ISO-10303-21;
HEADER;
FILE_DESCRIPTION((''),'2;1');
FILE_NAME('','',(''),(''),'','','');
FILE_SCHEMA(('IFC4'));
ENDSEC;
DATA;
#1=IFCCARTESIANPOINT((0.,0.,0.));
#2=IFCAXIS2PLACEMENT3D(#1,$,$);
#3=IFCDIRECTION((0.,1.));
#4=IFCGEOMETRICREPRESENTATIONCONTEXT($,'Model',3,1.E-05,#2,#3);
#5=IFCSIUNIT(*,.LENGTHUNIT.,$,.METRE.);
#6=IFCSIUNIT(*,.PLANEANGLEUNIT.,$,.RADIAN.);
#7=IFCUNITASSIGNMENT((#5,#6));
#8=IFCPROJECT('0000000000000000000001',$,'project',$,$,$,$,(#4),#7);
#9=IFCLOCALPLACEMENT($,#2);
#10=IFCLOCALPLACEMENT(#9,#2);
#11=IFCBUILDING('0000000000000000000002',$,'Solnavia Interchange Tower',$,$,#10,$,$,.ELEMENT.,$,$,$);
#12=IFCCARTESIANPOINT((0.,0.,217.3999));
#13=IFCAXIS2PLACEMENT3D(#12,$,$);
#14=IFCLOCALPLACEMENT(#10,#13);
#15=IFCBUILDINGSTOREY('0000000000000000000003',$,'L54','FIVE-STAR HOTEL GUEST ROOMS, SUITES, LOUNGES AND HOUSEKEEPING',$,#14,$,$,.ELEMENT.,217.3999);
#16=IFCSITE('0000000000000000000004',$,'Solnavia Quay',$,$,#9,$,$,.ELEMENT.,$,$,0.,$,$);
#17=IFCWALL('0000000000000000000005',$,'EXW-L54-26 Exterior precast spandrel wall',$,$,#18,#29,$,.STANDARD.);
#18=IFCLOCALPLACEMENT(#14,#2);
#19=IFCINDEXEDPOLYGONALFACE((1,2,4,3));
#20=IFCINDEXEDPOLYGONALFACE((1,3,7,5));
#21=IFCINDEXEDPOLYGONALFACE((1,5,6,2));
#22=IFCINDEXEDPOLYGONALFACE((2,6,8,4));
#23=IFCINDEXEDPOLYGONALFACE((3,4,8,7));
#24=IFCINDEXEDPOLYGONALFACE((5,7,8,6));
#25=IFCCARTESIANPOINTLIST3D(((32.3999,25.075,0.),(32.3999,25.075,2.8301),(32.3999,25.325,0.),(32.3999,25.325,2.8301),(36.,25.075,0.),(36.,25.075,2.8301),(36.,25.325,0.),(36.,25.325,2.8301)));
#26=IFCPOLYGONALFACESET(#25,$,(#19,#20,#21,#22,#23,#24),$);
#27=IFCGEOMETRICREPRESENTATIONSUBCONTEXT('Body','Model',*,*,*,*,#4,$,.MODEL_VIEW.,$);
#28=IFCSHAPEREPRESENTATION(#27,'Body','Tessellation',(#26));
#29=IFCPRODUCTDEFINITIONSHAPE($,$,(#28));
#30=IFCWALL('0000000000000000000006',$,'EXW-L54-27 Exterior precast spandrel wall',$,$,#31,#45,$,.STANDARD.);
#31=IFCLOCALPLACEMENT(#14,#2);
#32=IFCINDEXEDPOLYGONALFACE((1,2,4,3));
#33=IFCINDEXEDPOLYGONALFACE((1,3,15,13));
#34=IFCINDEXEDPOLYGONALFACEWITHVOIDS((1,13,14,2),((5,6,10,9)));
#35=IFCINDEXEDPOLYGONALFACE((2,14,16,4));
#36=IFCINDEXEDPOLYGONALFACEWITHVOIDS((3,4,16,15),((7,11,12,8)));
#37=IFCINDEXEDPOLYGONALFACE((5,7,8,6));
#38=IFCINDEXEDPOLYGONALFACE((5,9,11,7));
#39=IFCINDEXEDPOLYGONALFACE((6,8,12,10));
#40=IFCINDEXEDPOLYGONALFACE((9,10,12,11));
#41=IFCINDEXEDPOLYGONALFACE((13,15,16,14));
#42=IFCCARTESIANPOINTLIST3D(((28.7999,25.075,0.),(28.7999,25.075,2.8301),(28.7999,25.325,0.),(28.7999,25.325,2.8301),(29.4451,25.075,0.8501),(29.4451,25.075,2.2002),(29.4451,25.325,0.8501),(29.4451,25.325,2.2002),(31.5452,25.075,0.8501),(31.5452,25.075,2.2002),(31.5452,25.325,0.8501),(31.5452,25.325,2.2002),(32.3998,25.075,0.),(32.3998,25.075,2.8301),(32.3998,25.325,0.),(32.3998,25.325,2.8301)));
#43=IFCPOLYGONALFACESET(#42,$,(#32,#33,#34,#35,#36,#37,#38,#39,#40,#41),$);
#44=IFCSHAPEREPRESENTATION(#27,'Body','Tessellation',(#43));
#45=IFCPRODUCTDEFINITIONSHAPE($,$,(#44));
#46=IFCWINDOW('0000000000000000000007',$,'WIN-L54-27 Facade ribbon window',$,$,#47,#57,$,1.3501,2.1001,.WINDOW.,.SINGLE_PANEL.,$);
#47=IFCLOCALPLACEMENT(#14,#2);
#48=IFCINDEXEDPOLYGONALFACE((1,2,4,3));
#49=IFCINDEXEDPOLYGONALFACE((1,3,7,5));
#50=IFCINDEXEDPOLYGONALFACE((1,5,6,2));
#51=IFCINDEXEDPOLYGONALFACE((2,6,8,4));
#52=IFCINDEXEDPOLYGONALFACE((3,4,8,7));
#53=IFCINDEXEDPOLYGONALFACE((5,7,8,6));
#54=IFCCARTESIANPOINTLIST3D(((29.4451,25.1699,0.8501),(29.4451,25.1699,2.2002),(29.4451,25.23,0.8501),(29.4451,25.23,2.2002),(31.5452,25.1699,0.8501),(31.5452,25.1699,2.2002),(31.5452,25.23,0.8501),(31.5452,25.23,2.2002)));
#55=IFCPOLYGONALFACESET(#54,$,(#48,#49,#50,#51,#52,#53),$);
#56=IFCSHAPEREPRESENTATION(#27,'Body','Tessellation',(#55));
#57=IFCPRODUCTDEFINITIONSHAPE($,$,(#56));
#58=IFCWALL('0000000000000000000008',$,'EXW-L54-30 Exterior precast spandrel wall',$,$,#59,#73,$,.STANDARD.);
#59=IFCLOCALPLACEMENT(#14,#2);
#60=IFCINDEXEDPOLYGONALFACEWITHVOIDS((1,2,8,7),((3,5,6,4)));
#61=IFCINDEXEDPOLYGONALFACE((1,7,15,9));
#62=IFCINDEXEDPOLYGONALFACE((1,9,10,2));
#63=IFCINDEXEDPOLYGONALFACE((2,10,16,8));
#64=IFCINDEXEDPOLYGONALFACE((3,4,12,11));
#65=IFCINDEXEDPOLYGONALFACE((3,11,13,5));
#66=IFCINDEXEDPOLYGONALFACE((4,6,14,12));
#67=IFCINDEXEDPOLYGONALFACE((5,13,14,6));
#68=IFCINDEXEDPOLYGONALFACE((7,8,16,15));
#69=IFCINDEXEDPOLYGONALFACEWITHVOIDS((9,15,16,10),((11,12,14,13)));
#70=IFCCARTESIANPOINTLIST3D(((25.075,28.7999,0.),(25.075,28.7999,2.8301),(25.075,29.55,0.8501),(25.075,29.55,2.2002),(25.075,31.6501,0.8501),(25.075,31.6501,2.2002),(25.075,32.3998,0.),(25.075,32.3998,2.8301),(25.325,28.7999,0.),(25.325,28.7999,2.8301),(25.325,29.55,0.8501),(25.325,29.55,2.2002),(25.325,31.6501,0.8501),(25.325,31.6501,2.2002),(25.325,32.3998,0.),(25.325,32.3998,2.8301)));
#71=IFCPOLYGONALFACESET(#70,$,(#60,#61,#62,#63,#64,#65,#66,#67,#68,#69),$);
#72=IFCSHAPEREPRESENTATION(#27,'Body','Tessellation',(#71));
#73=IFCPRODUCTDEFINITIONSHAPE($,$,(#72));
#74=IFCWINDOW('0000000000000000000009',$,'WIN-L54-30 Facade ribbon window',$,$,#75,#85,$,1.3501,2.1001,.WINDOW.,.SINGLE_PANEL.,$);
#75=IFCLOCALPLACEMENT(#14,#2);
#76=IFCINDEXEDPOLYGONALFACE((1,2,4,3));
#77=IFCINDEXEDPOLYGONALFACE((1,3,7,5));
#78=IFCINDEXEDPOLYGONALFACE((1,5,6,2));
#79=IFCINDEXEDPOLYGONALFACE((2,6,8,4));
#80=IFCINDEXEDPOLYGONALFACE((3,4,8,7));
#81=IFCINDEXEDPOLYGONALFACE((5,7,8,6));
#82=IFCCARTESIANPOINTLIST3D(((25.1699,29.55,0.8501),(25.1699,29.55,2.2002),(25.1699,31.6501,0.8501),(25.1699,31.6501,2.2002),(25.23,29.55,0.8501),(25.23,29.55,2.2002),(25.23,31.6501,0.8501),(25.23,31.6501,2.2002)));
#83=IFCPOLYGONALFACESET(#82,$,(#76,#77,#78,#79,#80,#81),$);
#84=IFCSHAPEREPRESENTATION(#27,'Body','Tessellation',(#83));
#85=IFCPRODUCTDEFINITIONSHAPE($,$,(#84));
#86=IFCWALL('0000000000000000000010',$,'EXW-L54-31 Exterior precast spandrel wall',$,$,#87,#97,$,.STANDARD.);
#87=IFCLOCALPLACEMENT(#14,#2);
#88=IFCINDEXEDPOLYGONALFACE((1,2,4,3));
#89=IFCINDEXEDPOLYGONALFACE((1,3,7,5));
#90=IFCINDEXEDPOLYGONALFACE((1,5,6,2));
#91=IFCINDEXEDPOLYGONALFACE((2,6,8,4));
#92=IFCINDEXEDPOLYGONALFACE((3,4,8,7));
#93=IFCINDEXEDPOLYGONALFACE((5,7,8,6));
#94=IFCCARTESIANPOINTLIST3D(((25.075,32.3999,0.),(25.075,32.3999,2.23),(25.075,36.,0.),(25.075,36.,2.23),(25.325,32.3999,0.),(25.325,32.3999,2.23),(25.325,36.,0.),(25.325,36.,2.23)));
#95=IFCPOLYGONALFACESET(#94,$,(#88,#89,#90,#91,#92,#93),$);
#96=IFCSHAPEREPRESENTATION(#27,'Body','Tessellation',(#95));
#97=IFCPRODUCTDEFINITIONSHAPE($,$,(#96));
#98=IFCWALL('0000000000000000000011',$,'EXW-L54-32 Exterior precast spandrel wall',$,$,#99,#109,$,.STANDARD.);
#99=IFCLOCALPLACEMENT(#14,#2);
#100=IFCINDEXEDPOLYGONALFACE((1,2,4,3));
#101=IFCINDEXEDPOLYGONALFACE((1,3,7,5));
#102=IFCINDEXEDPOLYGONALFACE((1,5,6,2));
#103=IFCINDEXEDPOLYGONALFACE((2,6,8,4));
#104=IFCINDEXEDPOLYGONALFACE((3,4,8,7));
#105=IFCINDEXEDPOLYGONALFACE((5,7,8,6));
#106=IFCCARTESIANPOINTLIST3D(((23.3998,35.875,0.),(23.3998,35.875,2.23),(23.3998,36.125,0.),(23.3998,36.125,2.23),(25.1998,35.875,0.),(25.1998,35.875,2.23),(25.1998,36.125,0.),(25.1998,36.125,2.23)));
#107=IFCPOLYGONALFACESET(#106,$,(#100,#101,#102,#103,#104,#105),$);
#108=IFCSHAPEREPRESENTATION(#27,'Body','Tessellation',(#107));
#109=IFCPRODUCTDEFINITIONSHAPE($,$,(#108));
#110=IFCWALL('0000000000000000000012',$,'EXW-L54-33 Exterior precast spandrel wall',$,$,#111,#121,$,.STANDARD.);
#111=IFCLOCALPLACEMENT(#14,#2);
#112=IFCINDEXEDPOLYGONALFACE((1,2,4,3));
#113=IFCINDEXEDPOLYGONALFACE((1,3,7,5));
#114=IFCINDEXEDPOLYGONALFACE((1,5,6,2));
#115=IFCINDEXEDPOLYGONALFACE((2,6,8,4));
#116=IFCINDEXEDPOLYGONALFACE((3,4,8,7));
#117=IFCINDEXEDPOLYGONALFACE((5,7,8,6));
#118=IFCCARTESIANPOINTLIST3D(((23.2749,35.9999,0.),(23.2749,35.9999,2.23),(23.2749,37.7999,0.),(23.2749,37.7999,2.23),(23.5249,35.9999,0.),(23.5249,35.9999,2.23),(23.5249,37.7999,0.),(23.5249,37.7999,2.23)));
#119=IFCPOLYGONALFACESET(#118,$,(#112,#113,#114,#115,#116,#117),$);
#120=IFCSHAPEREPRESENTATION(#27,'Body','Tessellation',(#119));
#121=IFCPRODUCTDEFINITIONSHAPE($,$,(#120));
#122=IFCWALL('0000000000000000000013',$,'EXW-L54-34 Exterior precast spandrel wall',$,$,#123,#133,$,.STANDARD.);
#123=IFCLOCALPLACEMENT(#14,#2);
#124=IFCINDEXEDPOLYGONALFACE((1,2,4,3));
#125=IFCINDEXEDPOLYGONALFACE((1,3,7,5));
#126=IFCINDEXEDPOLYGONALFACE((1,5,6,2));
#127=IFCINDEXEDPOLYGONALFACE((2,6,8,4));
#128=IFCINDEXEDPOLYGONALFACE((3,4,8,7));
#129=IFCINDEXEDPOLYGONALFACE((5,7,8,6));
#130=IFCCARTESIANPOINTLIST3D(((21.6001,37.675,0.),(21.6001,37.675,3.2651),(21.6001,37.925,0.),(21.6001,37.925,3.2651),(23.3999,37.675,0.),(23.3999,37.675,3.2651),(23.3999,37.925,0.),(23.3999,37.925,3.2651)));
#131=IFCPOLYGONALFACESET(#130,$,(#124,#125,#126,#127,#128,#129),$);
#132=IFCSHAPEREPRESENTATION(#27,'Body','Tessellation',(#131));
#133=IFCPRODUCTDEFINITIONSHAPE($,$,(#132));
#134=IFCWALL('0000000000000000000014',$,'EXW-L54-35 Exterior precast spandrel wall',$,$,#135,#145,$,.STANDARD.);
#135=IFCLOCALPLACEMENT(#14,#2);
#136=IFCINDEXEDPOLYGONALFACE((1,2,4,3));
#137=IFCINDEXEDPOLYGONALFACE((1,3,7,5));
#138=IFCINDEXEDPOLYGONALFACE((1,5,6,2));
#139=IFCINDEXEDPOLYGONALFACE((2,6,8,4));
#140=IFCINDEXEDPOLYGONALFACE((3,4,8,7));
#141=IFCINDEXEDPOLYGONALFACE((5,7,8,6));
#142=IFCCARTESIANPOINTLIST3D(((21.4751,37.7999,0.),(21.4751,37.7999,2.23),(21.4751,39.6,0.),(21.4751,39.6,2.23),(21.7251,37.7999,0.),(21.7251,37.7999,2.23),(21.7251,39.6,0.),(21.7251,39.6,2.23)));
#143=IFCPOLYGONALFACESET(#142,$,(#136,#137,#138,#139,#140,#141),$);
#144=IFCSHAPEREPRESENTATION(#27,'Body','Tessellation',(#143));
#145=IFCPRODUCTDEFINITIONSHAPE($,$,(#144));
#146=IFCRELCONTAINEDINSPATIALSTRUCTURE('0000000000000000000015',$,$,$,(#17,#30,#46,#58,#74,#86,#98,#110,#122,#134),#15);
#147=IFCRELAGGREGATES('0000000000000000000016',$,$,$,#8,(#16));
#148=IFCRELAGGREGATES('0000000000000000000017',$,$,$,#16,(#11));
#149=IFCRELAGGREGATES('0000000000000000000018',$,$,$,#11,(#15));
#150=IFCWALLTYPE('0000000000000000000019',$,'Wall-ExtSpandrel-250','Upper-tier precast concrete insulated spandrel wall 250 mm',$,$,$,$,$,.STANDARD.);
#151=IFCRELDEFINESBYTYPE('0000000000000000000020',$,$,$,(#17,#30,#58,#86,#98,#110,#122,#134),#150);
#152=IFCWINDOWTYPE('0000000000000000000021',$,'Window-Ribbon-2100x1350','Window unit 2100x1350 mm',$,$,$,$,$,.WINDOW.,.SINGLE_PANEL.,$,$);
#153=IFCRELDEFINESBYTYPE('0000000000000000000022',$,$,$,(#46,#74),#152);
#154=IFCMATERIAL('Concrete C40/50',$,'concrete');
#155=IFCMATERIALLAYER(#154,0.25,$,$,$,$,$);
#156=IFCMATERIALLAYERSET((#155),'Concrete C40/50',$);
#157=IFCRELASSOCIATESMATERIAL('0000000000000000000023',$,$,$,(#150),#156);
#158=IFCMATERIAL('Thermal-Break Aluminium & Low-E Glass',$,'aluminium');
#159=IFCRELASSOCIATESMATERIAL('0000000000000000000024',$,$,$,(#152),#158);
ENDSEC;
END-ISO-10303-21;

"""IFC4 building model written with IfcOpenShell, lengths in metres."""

from ifc_helpers import new_model, si_unit, direction, frame, frame_2d, origin, place, context, subcontext, project, spatial, rectangle, extrude, material, layer, layer_set, type_object, element, fill, save


model = new_model("IFC4")

# Units and contexts
model_context = context("Model", 3, precision=1e-05, world=origin(), true_north=direction((0.0, 1.0)))
body_context = subcontext(model_context, "Body", "Model", "MODEL_VIEW")
ifc_project = project(units=[si_unit("LENGTHUNIT", "METRE"), si_unit("PLANEANGLEUNIT", "RADIAN")], contexts=[model_context])

# Site, building, storey
site_placement = place(None, origin())
site = spatial("IfcSite", under=ifc_project, at=site_placement, Name="Solnavia Quay", CompositionType="ELEMENT", RefElevation=0.0)
building_placement = place(site_placement, origin())
building = spatial("IfcBuilding", under=site, at=building_placement, Name="Solnavia Interchange Tower", CompositionType="ELEMENT")
storey_placement = place(building_placement, frame((0.0, 0.0, 217.3999)))
storey = spatial("IfcBuildingStorey", under=building, at=storey_placement, Name="L54", Description="FIVE-STAR HOTEL GUEST ROOMS, SUITES, LOUNGES AND HOUSEKEEPING", CompositionType="ELEMENT", Elevation=217.3999)

# Wall
ifc_material_1 = material(Name="Concrete C40/50", Category="concrete")
ifc_layer = layer(ifc_material_1, 0.25)
ifc_layer_set = layer_set([ifc_layer], Name="Concrete C40/50")
wall_type = type_object("IfcWallType", Name="Wall-ExtSpandrel-250", Description="Upper-tier precast concrete insulated spandrel wall 250 mm", PredefinedType="STANDARD", material=ifc_layer_set)
wall_1_placement = place(storey_placement, frame((32.3999, 25.2, 0.0), z_axis=(0.0, 0.0, 1.0), x_axis=(1.0, 0.0, 0.0)))
element("IfcWall", 1, at=wall_1_placement, inside=storey, type_object=wall_type, Name="EXW-L54-26 Exterior precast spandrel wall", PredefinedType="STANDARD", context=body_context, shape_type="SweptSolid", body=[
    extrude(rectangle(XDim=3.6001, YDim=0.25, at=frame_2d((1.8, 0.0))), origin(), (0.0, 0.0, 1.0), 2.8301),
])

# Walls, openings, windows
wall_2_placement = place(storey_placement, frame((28.8, 25.2, 0.0), z_axis=(0.0, 0.0, 1.0), x_axis=(1.0, 0.0, 0.0)))
wall_2 = element("IfcWall", 2, at=wall_2_placement, inside=storey, type_object=wall_type, Name="EXW-L54-27 Exterior precast spandrel wall", PredefinedType="STANDARD", context=body_context, shape_type="SweptSolid", body=[
    extrude(rectangle(XDim=3.5999, YDim=0.25, at=frame_2d((1.7998, 0.0))), origin(), (0.0, 0.0, 1.0), 2.8301),
])
opening_1_placement = place(wall_2_placement, frame((0.645, 0.0, 0.8501)))
opening_1 = element("IfcOpeningElement", 3, at=opening_1_placement, cuts=wall_2, PredefinedType="OPENING", context=body_context, shape_type="SweptSolid", body=[
    extrude(rectangle(XDim=2.1001, YDim=1.3501, at=frame_2d((1.05, 0.675))), frame((0.0, 0.135, 0.0), z_axis=(0.0, -1.0, 0.0), x_axis=(1.0, 0.0, 0.0)), (0.0, 0.0, 1.0), 0.27),
])
ifc_material_2 = material(Name="Thermal-Break Aluminium & Low-E Glass", Category="aluminium")
window_type = type_object("IfcWindowType", Name="Window-Ribbon-2100x1350", Description="Window unit 2100x1350 mm", PartitioningType="SINGLE_PANEL", PredefinedType="WINDOW", material=ifc_material_2)
window_1_placement = place(opening_1_placement, origin())
window_1 = element("IfcWindow", 4, at=window_1_placement, inside=storey, type_object=window_type, Name="WIN-L54-27 Facade ribbon window", OverallHeight=1.3501, OverallWidth=2.1001, PartitioningType="SINGLE_PANEL", PredefinedType="WINDOW", context=body_context, shape_type="SweptSolid", body=[
    extrude(rectangle(XDim=2.1001, YDim=1.3501, at=frame_2d((1.05, 0.675))), frame((0.0, 0.03, 0.0), z_axis=(0.0, -1.0, 0.0), x_axis=(1.0, 0.0, 0.0)), (0.0, 0.0, 1.0), 0.0601),
])
fill(opening_1, window_1)
wall_3_placement = place(storey_placement, frame((25.2, 28.8, 0.0), z_axis=(0.0, 0.0, 1.0), x_axis=(0.0, 1.0, 0.0)))
wall_3 = element("IfcWall", 5, at=wall_3_placement, inside=storey, type_object=wall_type, Name="EXW-L54-30 Exterior precast spandrel wall", PredefinedType="STANDARD", context=body_context, shape_type="SweptSolid", body=[
    extrude(rectangle(XDim=3.5999, YDim=0.25, at=frame_2d((1.7998, 0.0))), origin(), (0.0, 0.0, 1.0), 2.8301),
])
opening_2_placement = place(wall_3_placement, frame((0.75, 0.0, 0.8501)))
opening_2 = element("IfcOpeningElement", 6, at=opening_2_placement, cuts=wall_3, PredefinedType="OPENING", context=body_context, shape_type="SweptSolid", body=[
    extrude(rectangle(XDim=2.1001, YDim=1.3501, at=frame_2d((1.05, 0.675))), frame((0.0, 0.135, 0.0), z_axis=(0.0, -1.0, 0.0), x_axis=(1.0, 0.0, 0.0)), (0.0, 0.0, 1.0), 0.27),
])
window_2_placement = place(opening_2_placement, origin())
window_2 = element("IfcWindow", 7, at=window_2_placement, inside=storey, type_object=window_type, Name="WIN-L54-30 Facade ribbon window", OverallHeight=1.3501, OverallWidth=2.1001, PartitioningType="SINGLE_PANEL", PredefinedType="WINDOW", context=body_context, shape_type="SweptSolid", body=[
    extrude(rectangle(XDim=2.1001, YDim=1.3501, at=frame_2d((1.05, 0.675))), frame((0.0, 0.03, 0.0), z_axis=(0.0, -1.0, 0.0), x_axis=(1.0, 0.0, 0.0)), (0.0, 0.0, 1.0), 0.0601),
])
fill(opening_2, window_2)

# Walls
wall_4_placement = place(storey_placement, frame((25.2, 32.3999, 0.0), z_axis=(0.0, 0.0, 1.0), x_axis=(0.0, 1.0, 0.0)))
element("IfcWall", 8, at=wall_4_placement, inside=storey, type_object=wall_type, Name="EXW-L54-31 Exterior precast spandrel wall", PredefinedType="STANDARD", context=body_context, shape_type="SweptSolid", body=[
    extrude(rectangle(XDim=3.6001, YDim=0.25, at=frame_2d((1.8, 0.0))), origin(), (0.0, 0.0, 1.0), 2.23),
])
for number, where, z_axis, x_axis, name in (
    (9, (23.3999, 36.0, 0.0), (0.0, 0.0, 1.0), (1.0, 0.0, 0.0), "EXW-L54-32 Exterior precast spandrel wall"),
    (10, (23.3999, 36.0, 0.0), (0.0, 0.0, 1.0), (0.0, 1.0, 0.0), "EXW-L54-33 Exterior precast spandrel wall"),
):
    element("IfcWall", number, at=place(storey_placement, frame(where, z_axis=z_axis, x_axis=x_axis)), inside=storey, type_object=wall_type, Name=name, PredefinedType="STANDARD", context=body_context, shape_type="SweptSolid", body=[
        extrude(rectangle(XDim=1.8, YDim=0.25, at=frame_2d((0.8999, 0.0))), origin(), (0.0, 0.0, 1.0), 2.23),
    ])
wall_5_placement = place(storey_placement, frame((21.6001, 37.8, 0.0), z_axis=(0.0, 0.0, 1.0), x_axis=(1.0, 0.0, 0.0)))
element("IfcWall", 11, at=wall_5_placement, inside=storey, type_object=wall_type, Name="EXW-L54-34 Exterior precast spandrel wall", PredefinedType="STANDARD", context=body_context, shape_type="SweptSolid", body=[
    extrude(rectangle(XDim=1.7998, YDim=0.25, at=frame_2d((0.8999, 0.0))), origin(), (0.0, 0.0, 1.0), 3.2651),
])
wall_6_placement = place(storey_placement, frame((21.6001, 37.8, 0.0), z_axis=(0.0, 0.0, 1.0), x_axis=(0.0, 1.0, 0.0)))
element("IfcWall", 12, at=wall_6_placement, inside=storey, type_object=wall_type, Name="EXW-L54-35 Exterior precast spandrel wall", PredefinedType="STANDARD", context=body_context, shape_type="SweptSolid", body=[
    extrude(rectangle(XDim=1.8, YDim=0.25, at=frame_2d((0.8999, 0.0))), origin(), (0.0, 0.0, 1.0), 2.23),
])

save(model, "model.ifc")
